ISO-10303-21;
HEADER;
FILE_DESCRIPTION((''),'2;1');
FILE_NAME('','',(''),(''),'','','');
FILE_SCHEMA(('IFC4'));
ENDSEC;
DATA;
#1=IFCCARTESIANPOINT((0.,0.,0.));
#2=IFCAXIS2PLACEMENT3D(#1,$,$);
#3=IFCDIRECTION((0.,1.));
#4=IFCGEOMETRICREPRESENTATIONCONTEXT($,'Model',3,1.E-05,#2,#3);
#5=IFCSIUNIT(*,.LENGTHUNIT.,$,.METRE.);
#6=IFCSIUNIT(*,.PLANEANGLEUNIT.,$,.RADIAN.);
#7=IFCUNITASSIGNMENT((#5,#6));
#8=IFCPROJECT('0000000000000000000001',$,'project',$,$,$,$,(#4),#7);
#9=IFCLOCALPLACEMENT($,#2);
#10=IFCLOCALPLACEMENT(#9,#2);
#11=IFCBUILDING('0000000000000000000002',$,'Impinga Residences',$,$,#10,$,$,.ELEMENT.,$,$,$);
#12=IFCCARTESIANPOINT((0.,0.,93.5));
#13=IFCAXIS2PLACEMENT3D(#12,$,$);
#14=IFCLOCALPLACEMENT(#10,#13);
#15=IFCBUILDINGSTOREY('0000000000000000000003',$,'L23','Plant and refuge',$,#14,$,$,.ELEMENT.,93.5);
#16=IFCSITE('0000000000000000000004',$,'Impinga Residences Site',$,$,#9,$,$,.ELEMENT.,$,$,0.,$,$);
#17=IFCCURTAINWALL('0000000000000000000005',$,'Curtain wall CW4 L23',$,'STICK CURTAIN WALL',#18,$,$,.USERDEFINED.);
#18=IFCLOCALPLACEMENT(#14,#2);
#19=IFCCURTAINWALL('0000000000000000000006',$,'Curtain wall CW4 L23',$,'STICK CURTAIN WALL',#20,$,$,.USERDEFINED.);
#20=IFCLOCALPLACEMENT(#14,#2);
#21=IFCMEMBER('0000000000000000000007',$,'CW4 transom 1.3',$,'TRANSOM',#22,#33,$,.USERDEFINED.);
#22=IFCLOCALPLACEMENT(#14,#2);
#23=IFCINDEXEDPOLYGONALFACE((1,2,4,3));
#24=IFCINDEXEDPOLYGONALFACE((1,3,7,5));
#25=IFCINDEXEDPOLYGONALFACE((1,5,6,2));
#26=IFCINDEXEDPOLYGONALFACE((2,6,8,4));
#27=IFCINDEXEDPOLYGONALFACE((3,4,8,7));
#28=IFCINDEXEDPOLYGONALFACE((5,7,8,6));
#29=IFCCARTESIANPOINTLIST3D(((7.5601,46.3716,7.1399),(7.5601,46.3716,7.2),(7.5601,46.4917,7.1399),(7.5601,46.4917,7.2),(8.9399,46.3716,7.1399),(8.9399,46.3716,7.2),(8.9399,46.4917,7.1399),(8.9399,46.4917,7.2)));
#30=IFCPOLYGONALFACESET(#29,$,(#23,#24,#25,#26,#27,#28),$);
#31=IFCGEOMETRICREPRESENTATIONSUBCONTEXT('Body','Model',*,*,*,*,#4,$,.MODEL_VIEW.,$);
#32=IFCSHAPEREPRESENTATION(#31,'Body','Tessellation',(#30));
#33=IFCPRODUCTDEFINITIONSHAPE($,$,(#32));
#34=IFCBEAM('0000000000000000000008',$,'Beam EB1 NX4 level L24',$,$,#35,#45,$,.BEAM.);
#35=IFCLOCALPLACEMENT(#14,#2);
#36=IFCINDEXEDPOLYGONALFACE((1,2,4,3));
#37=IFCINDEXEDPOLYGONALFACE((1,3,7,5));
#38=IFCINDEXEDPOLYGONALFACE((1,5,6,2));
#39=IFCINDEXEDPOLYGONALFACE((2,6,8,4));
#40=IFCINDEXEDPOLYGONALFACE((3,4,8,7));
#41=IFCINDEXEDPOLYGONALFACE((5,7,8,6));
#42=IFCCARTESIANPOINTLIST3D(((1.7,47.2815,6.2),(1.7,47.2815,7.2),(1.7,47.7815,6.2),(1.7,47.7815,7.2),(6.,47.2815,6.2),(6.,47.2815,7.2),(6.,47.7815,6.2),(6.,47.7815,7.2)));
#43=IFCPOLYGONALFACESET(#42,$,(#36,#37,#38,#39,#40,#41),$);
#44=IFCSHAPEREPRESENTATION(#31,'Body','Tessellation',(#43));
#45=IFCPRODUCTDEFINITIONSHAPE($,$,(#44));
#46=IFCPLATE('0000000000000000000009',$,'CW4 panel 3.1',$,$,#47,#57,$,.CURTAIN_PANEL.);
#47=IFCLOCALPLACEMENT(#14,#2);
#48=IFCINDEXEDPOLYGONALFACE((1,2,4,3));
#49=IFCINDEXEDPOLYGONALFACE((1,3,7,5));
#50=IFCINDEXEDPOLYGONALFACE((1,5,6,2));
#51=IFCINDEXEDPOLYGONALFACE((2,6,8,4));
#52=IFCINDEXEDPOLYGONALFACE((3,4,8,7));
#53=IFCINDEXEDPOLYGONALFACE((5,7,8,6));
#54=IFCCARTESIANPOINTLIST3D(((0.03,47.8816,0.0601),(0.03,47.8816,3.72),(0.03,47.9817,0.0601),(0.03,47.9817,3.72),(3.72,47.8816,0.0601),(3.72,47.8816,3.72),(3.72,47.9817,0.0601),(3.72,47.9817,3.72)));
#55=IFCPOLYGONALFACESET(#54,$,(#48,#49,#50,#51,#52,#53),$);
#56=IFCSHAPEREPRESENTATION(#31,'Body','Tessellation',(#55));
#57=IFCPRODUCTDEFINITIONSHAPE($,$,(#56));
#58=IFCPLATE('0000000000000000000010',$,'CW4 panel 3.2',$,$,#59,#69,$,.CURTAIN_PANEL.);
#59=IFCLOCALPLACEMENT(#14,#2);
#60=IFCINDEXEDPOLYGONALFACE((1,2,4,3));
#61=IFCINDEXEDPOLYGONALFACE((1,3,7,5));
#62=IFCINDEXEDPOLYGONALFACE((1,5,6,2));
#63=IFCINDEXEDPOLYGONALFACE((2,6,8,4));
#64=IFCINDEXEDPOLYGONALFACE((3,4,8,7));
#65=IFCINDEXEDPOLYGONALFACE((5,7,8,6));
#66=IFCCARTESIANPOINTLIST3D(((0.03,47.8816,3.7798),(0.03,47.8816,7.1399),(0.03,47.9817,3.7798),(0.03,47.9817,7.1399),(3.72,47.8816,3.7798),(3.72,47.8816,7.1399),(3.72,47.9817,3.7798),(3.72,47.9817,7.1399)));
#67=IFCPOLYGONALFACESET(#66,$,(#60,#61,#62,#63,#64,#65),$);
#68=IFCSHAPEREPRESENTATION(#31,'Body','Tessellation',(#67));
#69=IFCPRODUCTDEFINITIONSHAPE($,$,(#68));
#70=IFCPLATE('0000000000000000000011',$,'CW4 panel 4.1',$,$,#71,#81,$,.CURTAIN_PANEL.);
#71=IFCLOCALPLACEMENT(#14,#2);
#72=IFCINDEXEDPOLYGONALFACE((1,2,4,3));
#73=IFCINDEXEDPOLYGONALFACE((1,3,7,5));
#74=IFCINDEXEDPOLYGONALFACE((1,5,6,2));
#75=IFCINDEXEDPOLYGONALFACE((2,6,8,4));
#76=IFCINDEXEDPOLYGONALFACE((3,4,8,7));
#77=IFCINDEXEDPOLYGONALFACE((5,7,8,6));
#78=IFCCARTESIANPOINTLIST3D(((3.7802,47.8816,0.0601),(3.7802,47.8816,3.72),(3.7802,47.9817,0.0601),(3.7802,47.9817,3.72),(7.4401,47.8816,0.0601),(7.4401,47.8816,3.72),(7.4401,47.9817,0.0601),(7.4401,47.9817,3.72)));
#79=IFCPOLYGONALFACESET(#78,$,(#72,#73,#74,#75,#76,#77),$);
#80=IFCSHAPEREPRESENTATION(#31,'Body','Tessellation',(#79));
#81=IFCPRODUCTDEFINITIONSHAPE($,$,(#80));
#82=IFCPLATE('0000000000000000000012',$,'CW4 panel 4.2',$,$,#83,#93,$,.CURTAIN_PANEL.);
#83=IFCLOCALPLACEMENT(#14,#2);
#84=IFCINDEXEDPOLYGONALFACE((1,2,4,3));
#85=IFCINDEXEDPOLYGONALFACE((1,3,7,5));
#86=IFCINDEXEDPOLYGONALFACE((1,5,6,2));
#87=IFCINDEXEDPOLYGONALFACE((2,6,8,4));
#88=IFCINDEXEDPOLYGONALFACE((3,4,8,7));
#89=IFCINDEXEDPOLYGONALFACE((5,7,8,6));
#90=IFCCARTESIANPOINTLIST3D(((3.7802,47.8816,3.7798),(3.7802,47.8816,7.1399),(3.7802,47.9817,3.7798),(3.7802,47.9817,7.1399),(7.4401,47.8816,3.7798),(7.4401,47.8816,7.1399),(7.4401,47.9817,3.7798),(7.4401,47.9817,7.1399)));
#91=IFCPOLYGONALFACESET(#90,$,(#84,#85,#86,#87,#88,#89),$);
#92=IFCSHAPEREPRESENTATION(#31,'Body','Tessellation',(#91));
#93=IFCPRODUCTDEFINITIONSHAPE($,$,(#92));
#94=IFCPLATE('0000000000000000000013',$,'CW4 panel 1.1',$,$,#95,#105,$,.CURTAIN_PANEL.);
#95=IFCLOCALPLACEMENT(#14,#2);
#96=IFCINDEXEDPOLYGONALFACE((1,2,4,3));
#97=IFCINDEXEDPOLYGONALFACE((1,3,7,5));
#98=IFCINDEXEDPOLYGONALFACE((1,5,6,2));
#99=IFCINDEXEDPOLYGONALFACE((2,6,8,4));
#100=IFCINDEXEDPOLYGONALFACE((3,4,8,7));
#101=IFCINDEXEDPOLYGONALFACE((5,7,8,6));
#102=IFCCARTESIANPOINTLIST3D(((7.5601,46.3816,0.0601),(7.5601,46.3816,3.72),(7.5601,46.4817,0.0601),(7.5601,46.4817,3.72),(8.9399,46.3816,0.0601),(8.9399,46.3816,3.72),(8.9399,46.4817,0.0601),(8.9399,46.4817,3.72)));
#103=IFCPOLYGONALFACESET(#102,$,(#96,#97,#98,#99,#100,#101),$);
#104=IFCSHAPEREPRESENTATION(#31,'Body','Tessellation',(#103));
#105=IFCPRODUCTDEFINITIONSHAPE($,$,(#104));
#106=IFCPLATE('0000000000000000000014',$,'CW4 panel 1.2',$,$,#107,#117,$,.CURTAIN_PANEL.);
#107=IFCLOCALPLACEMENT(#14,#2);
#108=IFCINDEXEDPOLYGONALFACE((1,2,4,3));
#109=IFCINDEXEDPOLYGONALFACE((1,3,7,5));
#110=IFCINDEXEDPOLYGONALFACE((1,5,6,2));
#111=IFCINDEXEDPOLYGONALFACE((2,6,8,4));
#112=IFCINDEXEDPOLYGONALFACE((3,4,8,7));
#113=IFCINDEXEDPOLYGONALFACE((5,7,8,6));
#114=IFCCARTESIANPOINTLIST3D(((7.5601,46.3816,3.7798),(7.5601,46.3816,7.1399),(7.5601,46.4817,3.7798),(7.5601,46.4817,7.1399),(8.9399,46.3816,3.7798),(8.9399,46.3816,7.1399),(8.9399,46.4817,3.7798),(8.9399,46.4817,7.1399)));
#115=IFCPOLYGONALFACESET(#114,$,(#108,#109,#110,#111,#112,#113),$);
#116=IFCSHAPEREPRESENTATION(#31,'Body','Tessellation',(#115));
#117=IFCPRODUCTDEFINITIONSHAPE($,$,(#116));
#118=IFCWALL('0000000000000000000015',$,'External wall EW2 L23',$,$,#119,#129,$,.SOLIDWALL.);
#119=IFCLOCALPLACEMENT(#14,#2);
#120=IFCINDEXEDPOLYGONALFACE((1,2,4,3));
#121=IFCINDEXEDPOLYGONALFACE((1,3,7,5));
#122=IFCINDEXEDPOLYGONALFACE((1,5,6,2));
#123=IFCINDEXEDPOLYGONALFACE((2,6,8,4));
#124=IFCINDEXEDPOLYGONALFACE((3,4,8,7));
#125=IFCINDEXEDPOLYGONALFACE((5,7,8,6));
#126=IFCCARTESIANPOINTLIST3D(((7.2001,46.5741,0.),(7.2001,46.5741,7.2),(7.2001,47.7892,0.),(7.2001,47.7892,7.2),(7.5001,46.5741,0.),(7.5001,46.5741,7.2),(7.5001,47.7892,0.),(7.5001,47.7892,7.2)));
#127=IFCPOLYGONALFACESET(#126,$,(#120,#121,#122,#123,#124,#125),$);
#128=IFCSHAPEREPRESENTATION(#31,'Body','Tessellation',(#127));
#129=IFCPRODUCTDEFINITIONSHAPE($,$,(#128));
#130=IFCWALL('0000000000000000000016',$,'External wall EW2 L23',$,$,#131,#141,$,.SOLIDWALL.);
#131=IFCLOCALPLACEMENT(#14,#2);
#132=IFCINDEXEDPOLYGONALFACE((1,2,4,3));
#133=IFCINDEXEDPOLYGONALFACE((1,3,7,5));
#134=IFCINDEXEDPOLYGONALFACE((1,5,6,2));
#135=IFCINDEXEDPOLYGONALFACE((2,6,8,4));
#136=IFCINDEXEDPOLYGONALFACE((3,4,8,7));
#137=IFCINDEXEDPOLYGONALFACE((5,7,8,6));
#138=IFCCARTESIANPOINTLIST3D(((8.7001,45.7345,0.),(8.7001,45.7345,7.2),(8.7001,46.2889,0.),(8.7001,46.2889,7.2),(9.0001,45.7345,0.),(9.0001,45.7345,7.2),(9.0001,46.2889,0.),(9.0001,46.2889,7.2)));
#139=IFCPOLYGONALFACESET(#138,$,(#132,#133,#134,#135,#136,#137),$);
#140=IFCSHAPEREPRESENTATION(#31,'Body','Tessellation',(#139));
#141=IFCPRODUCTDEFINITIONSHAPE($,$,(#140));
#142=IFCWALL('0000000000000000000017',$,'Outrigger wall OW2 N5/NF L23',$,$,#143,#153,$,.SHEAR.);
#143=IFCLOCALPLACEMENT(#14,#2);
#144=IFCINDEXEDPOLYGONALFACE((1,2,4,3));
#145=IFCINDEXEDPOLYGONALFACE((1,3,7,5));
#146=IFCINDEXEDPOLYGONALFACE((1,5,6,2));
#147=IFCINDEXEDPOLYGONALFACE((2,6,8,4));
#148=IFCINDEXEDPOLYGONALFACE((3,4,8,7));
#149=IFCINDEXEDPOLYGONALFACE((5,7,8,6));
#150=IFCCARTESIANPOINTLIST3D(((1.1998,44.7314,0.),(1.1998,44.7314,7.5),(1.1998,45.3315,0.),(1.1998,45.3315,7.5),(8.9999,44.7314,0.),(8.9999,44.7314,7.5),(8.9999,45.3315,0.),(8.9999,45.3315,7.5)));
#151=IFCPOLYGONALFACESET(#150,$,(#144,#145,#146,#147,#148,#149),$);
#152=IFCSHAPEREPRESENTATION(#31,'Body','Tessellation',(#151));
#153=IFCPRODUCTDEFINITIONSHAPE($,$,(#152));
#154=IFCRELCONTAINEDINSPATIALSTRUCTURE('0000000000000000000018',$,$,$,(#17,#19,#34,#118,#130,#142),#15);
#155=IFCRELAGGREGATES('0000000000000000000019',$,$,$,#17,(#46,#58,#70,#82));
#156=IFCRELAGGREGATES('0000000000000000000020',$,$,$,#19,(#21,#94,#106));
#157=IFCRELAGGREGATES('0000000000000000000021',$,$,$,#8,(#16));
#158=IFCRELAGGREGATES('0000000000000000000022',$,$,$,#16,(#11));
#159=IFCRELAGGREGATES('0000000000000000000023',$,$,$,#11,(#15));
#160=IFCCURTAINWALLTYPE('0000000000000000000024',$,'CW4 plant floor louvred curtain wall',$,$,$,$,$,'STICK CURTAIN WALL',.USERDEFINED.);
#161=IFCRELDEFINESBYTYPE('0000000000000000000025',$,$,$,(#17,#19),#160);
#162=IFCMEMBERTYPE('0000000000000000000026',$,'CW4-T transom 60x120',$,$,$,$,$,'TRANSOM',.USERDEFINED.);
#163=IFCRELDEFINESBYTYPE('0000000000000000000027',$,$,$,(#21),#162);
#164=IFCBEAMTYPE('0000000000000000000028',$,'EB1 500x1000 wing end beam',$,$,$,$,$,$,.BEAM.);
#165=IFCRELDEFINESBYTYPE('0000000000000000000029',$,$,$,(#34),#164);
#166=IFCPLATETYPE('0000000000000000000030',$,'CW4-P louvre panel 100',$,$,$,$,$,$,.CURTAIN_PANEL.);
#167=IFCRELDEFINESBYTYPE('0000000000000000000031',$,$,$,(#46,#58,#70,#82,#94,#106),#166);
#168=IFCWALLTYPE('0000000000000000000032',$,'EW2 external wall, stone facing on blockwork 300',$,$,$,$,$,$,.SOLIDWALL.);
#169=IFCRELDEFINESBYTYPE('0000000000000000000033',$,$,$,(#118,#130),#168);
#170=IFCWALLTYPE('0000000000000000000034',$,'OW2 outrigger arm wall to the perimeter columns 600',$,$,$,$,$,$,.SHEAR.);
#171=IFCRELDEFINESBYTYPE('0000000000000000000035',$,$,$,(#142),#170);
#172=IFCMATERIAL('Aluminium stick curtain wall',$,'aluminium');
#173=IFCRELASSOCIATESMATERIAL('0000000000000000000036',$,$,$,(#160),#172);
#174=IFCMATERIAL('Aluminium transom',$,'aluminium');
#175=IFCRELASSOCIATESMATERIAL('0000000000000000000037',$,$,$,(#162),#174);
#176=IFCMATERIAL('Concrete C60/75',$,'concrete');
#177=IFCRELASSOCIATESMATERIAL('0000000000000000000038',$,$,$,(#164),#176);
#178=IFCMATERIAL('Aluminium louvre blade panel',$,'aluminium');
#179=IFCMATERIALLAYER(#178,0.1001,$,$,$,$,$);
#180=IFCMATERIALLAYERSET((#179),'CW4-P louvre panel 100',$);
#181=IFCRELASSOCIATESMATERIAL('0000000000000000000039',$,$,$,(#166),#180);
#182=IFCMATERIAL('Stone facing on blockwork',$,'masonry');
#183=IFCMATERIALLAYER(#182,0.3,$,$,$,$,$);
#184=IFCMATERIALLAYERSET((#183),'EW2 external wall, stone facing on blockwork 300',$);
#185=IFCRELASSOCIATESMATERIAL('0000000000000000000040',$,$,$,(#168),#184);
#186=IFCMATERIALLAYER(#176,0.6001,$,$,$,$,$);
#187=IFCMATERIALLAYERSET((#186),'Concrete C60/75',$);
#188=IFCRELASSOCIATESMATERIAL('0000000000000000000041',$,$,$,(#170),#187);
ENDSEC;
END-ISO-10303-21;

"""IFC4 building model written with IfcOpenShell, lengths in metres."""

from ifc_helpers import new_model, si_unit, direction, frame, frame_2d, origin, origin_2d, place, context, subcontext, project, spatial, rectangle, extrude, material, layer, layer_set, material_profile, profile_set, type_object, element, aggregate, save


model = new_model("IFC4")

# Units and contexts
model_context = context("Model", 3, precision=1e-05, world=origin(), true_north=direction((0.0, 1.0)))
body_context = subcontext(model_context, "Body", "Model", "MODEL_VIEW")
ifc_project = project(units=[si_unit("LENGTHUNIT", "METRE"), si_unit("PLANEANGLEUNIT", "RADIAN")], contexts=[model_context])

# Site, building, storey
site_placement = place(None, origin())
site = spatial("IfcSite", under=ifc_project, at=site_placement, Name="Impinga Residences Site", CompositionType="ELEMENT", RefElevation=0.0)
building_placement = place(site_placement, origin())
building = spatial("IfcBuilding", under=site, at=building_placement, Name="Impinga Residences", CompositionType="ELEMENT")
storey_placement = place(building_placement, frame((0.0, 0.0, 93.5)))
storey = spatial("IfcBuildingStorey", under=building, at=storey_placement, Name="L23", Description="Plant and refuge", CompositionType="ELEMENT", Elevation=93.5)

# Shared definitions
ifc_material_1 = material(Name="Concrete C60/75", Category="concrete")

# Curtain walls
ifc_material_2 = material(Name="Aluminium stick curtain wall", Category="aluminium")
curtain_wall_type = type_object("IfcCurtainWallType", Name="CW4 plant floor louvred curtain wall", ElementType="STICK CURTAIN WALL", PredefinedType="USERDEFINED", material=ifc_material_2)
curtain_wall_1_placement = place(storey_placement, origin())
curtain_wall_1 = element("IfcCurtainWall", 1, at=curtain_wall_1_placement, inside=storey, type_object=curtain_wall_type, Name="Curtain wall CW4 L23", ObjectType="STICK CURTAIN WALL", PredefinedType="USERDEFINED")
curtain_wall_2_placement = place(storey_placement, origin())
curtain_wall_2 = element("IfcCurtainWall", 2, at=curtain_wall_2_placement, inside=storey, type_object=curtain_wall_type, Name="Curtain wall CW4 L23", ObjectType="STICK CURTAIN WALL", PredefinedType="USERDEFINED")

# Member
ifc_material_3 = material(Name="Aluminium transom", Category="aluminium")
ifc_material_profile_1 = material_profile(ifc_material_3, rectangle(XDim=0.0601, YDim=0.1201, at=origin_2d()), Name="60x120 transom")
ifc_profile_set_1 = profile_set([ifc_material_profile_1], Name="Aluminium transom")
member_type_1 = type_object("IfcMemberType", Name="CW4-T transom 60x120", ElementType="TRANSOM", PredefinedType="USERDEFINED", material=ifc_profile_set_1)
member_1_placement = place(storey_placement, frame((7.5601, 46.4316, 7.1699), z_axis=(1.0, 0.0, 0.0), x_axis=(0.0, 0.0, 1.0)))
member_1 = element("IfcMember", 3, at=member_1_placement, type_object=member_type_1, Name="CW4 transom 1.3", ObjectType="TRANSOM", PredefinedType="USERDEFINED", context=body_context, shape_type="SweptSolid", body=[
    extrude(rectangle(XDim=0.0601, YDim=0.1201, at=origin_2d()), origin(), (0.0, 0.0, 1.0), 1.3799),
])

# Beam
ifc_material_profile_2 = material_profile(ifc_material_1, rectangle(XDim=0.5, YDim=1.0, at=origin_2d()), Name="RC 500x1000")
ifc_profile_set_2 = profile_set([ifc_material_profile_2], Name="Concrete C60/75")
beam_type_1 = type_object("IfcBeamType", Name="EB1 500x1000 wing end beam", PredefinedType="BEAM", material=ifc_profile_set_2)
beam_1_placement = place(storey_placement, frame((1.7, 47.5315, 6.7), z_axis=(1.0, 0.0, 0.0), x_axis=(0.0, 1.0, 0.0)))
element("IfcBeam", 4, at=beam_1_placement, inside=storey, type_object=beam_type_1, Name="Beam EB1 NX4 level L24", PredefinedType="BEAM", context=body_context, shape_type="SweptSolid", body=[
    extrude(rectangle(XDim=0.5, YDim=1.0, at=origin_2d()), origin(), (0.0, 0.0, 1.0), 4.3),
])

# Plates
ifc_material_4 = material(Name="Aluminium louvre blade panel", Category="aluminium")
ifc_layer_1 = layer(ifc_material_4, 0.1001)
ifc_layer_set_1 = layer_set([ifc_layer_1], Name="CW4-P louvre panel 100")
plate_type = type_object("IfcPlateType", Name="CW4-P louvre panel 100", PredefinedType="CURTAIN_PANEL", material=ifc_layer_set_1)
plate_1_placement = place(storey_placement, frame((1.875, 47.9316, 0.0601), z_axis=(0.0, 0.0, 1.0), x_axis=(1.0, 0.0, 0.0)))
plate_1 = element("IfcPlate", 5, at=plate_1_placement, type_object=plate_type, Name="CW4 panel 3.1", PredefinedType="CURTAIN_PANEL", context=body_context, shape_type="SweptSolid", body=[
    extrude(rectangle(XDim=3.6899, YDim=0.1001, at=origin_2d()), origin(), (0.0, 0.0, 1.0), 3.6599),
])
plate_2_placement = place(storey_placement, frame((1.875, 47.9316, 3.7798), z_axis=(0.0, 0.0, 1.0), x_axis=(1.0, 0.0, 0.0)))
plate_2 = element("IfcPlate", 6, at=plate_2_placement, type_object=plate_type, Name="CW4 panel 3.2", PredefinedType="CURTAIN_PANEL", context=body_context, shape_type="SweptSolid", body=[
    extrude(rectangle(XDim=3.6899, YDim=0.1001, at=origin_2d()), origin(), (0.0, 0.0, 1.0), 3.3601),
])
plate_3_placement = place(storey_placement, frame((5.6101, 47.9316, 0.0601), z_axis=(0.0, 0.0, 1.0), x_axis=(1.0, 0.0, 0.0)))
plate_3 = element("IfcPlate", 7, at=plate_3_placement, type_object=plate_type, Name="CW4 panel 4.1", PredefinedType="CURTAIN_PANEL", context=body_context, shape_type="SweptSolid", body=[
    extrude(rectangle(XDim=3.6599, YDim=0.1001, at=origin_2d()), origin(), (0.0, 0.0, 1.0), 3.6599),
])
plate_4_placement = place(storey_placement, frame((5.6101, 47.9316, 3.7798), z_axis=(0.0, 0.0, 1.0), x_axis=(1.0, 0.0, 0.0)))
plate_4 = element("IfcPlate", 8, at=plate_4_placement, type_object=plate_type, Name="CW4 panel 4.2", PredefinedType="CURTAIN_PANEL", context=body_context, shape_type="SweptSolid", body=[
    extrude(rectangle(XDim=3.6599, YDim=0.1001, at=origin_2d()), origin(), (0.0, 0.0, 1.0), 3.3601),
])
aggregate(curtain_wall_1, [plate_1, plate_2, plate_3, plate_4])
plate_5_placement = place(storey_placement, frame((8.25, 46.4316, 0.0601), z_axis=(0.0, 0.0, 1.0), x_axis=(1.0, 0.0, 0.0)))
plate_5 = element("IfcPlate", 9, at=plate_5_placement, type_object=plate_type, Name="CW4 panel 1.1", PredefinedType="CURTAIN_PANEL", context=body_context, shape_type="SweptSolid", body=[
    extrude(rectangle(XDim=1.3799, YDim=0.1001, at=origin_2d()), origin(), (0.0, 0.0, 1.0), 3.6599),
])
plate_6_placement = place(storey_placement, frame((8.25, 46.4316, 3.7798), z_axis=(0.0, 0.0, 1.0), x_axis=(1.0, 0.0, 0.0)))
plate_6 = element("IfcPlate", 10, at=plate_6_placement, type_object=plate_type, Name="CW4 panel 1.2", PredefinedType="CURTAIN_PANEL", context=body_context, shape_type="SweptSolid", body=[
    extrude(rectangle(XDim=1.3799, YDim=0.1001, at=origin_2d()), origin(), (0.0, 0.0, 1.0), 3.3601),
])
aggregate(curtain_wall_2, [member_1, plate_5, plate_6])

# Walls
ifc_material_5 = material(Name="Stone facing on blockwork", Category="masonry")
ifc_layer_2 = layer(ifc_material_5, 0.3)
ifc_layer_set_2 = layer_set([ifc_layer_2], Name="EW2 external wall, stone facing on blockwork 300")
wall_type_1 = type_object("IfcWallType", Name="EW2 external wall, stone facing on blockwork 300", PredefinedType="SOLIDWALL", material=ifc_layer_set_2)
wall_1_placement = place(storey_placement, frame((7.3501, 47.7891, 0.0), z_axis=(0.0, 0.0, 1.0), x_axis=(0.0, -1.0, 0.0)))
element("IfcWall", 11, at=wall_1_placement, inside=storey, type_object=wall_type_1, Name="External wall EW2 L23", PredefinedType="SOLIDWALL", context=body_context, shape_type="SweptSolid", body=[
    extrude(rectangle(XDim=1.2151, YDim=0.3, at=frame_2d((0.6074, 0.0))), origin(), (0.0, 0.0, 1.0), 7.2),
])
wall_2_placement = place(storey_placement, frame((8.8501, 46.2891, 0.0), z_axis=(0.0, 0.0, 1.0), x_axis=(0.0, -1.0, 0.0)))
element("IfcWall", 12, at=wall_2_placement, inside=storey, type_object=wall_type_1, Name="External wall EW2 L23", PredefinedType="SOLIDWALL", context=body_context, shape_type="SweptSolid", body=[
    extrude(rectangle(XDim=0.5544, YDim=0.3, at=frame_2d((0.2773, 0.0))), origin(), (0.0, 0.0, 1.0), 7.2),
])
ifc_layer_3 = layer(ifc_material_1, 0.6001)
ifc_layer_set_3 = layer_set([ifc_layer_3], Name="Concrete C60/75")
wall_type_2 = type_object("IfcWallType", Name="OW2 outrigger arm wall to the perimeter columns 600", PredefinedType="SHEAR", material=ifc_layer_set_3)
wall_3_placement = place(storey_placement, frame((1.2, 45.0315, 0.0), z_axis=(0.0, 0.0, 1.0), x_axis=(1.0, 0.0, 0.0)))
element("IfcWall", 13, at=wall_3_placement, inside=storey, type_object=wall_type_2, Name="Outrigger wall OW2 N5/NF L23", PredefinedType="SHEAR", context=body_context, shape_type="SweptSolid", body=[
    extrude(rectangle(XDim=7.8, YDim=0.6001, at=frame_2d((3.8999, 0.0))), origin(), (0.0, 0.0, 1.0), 7.5),
])

save(model, "model.ifc")
